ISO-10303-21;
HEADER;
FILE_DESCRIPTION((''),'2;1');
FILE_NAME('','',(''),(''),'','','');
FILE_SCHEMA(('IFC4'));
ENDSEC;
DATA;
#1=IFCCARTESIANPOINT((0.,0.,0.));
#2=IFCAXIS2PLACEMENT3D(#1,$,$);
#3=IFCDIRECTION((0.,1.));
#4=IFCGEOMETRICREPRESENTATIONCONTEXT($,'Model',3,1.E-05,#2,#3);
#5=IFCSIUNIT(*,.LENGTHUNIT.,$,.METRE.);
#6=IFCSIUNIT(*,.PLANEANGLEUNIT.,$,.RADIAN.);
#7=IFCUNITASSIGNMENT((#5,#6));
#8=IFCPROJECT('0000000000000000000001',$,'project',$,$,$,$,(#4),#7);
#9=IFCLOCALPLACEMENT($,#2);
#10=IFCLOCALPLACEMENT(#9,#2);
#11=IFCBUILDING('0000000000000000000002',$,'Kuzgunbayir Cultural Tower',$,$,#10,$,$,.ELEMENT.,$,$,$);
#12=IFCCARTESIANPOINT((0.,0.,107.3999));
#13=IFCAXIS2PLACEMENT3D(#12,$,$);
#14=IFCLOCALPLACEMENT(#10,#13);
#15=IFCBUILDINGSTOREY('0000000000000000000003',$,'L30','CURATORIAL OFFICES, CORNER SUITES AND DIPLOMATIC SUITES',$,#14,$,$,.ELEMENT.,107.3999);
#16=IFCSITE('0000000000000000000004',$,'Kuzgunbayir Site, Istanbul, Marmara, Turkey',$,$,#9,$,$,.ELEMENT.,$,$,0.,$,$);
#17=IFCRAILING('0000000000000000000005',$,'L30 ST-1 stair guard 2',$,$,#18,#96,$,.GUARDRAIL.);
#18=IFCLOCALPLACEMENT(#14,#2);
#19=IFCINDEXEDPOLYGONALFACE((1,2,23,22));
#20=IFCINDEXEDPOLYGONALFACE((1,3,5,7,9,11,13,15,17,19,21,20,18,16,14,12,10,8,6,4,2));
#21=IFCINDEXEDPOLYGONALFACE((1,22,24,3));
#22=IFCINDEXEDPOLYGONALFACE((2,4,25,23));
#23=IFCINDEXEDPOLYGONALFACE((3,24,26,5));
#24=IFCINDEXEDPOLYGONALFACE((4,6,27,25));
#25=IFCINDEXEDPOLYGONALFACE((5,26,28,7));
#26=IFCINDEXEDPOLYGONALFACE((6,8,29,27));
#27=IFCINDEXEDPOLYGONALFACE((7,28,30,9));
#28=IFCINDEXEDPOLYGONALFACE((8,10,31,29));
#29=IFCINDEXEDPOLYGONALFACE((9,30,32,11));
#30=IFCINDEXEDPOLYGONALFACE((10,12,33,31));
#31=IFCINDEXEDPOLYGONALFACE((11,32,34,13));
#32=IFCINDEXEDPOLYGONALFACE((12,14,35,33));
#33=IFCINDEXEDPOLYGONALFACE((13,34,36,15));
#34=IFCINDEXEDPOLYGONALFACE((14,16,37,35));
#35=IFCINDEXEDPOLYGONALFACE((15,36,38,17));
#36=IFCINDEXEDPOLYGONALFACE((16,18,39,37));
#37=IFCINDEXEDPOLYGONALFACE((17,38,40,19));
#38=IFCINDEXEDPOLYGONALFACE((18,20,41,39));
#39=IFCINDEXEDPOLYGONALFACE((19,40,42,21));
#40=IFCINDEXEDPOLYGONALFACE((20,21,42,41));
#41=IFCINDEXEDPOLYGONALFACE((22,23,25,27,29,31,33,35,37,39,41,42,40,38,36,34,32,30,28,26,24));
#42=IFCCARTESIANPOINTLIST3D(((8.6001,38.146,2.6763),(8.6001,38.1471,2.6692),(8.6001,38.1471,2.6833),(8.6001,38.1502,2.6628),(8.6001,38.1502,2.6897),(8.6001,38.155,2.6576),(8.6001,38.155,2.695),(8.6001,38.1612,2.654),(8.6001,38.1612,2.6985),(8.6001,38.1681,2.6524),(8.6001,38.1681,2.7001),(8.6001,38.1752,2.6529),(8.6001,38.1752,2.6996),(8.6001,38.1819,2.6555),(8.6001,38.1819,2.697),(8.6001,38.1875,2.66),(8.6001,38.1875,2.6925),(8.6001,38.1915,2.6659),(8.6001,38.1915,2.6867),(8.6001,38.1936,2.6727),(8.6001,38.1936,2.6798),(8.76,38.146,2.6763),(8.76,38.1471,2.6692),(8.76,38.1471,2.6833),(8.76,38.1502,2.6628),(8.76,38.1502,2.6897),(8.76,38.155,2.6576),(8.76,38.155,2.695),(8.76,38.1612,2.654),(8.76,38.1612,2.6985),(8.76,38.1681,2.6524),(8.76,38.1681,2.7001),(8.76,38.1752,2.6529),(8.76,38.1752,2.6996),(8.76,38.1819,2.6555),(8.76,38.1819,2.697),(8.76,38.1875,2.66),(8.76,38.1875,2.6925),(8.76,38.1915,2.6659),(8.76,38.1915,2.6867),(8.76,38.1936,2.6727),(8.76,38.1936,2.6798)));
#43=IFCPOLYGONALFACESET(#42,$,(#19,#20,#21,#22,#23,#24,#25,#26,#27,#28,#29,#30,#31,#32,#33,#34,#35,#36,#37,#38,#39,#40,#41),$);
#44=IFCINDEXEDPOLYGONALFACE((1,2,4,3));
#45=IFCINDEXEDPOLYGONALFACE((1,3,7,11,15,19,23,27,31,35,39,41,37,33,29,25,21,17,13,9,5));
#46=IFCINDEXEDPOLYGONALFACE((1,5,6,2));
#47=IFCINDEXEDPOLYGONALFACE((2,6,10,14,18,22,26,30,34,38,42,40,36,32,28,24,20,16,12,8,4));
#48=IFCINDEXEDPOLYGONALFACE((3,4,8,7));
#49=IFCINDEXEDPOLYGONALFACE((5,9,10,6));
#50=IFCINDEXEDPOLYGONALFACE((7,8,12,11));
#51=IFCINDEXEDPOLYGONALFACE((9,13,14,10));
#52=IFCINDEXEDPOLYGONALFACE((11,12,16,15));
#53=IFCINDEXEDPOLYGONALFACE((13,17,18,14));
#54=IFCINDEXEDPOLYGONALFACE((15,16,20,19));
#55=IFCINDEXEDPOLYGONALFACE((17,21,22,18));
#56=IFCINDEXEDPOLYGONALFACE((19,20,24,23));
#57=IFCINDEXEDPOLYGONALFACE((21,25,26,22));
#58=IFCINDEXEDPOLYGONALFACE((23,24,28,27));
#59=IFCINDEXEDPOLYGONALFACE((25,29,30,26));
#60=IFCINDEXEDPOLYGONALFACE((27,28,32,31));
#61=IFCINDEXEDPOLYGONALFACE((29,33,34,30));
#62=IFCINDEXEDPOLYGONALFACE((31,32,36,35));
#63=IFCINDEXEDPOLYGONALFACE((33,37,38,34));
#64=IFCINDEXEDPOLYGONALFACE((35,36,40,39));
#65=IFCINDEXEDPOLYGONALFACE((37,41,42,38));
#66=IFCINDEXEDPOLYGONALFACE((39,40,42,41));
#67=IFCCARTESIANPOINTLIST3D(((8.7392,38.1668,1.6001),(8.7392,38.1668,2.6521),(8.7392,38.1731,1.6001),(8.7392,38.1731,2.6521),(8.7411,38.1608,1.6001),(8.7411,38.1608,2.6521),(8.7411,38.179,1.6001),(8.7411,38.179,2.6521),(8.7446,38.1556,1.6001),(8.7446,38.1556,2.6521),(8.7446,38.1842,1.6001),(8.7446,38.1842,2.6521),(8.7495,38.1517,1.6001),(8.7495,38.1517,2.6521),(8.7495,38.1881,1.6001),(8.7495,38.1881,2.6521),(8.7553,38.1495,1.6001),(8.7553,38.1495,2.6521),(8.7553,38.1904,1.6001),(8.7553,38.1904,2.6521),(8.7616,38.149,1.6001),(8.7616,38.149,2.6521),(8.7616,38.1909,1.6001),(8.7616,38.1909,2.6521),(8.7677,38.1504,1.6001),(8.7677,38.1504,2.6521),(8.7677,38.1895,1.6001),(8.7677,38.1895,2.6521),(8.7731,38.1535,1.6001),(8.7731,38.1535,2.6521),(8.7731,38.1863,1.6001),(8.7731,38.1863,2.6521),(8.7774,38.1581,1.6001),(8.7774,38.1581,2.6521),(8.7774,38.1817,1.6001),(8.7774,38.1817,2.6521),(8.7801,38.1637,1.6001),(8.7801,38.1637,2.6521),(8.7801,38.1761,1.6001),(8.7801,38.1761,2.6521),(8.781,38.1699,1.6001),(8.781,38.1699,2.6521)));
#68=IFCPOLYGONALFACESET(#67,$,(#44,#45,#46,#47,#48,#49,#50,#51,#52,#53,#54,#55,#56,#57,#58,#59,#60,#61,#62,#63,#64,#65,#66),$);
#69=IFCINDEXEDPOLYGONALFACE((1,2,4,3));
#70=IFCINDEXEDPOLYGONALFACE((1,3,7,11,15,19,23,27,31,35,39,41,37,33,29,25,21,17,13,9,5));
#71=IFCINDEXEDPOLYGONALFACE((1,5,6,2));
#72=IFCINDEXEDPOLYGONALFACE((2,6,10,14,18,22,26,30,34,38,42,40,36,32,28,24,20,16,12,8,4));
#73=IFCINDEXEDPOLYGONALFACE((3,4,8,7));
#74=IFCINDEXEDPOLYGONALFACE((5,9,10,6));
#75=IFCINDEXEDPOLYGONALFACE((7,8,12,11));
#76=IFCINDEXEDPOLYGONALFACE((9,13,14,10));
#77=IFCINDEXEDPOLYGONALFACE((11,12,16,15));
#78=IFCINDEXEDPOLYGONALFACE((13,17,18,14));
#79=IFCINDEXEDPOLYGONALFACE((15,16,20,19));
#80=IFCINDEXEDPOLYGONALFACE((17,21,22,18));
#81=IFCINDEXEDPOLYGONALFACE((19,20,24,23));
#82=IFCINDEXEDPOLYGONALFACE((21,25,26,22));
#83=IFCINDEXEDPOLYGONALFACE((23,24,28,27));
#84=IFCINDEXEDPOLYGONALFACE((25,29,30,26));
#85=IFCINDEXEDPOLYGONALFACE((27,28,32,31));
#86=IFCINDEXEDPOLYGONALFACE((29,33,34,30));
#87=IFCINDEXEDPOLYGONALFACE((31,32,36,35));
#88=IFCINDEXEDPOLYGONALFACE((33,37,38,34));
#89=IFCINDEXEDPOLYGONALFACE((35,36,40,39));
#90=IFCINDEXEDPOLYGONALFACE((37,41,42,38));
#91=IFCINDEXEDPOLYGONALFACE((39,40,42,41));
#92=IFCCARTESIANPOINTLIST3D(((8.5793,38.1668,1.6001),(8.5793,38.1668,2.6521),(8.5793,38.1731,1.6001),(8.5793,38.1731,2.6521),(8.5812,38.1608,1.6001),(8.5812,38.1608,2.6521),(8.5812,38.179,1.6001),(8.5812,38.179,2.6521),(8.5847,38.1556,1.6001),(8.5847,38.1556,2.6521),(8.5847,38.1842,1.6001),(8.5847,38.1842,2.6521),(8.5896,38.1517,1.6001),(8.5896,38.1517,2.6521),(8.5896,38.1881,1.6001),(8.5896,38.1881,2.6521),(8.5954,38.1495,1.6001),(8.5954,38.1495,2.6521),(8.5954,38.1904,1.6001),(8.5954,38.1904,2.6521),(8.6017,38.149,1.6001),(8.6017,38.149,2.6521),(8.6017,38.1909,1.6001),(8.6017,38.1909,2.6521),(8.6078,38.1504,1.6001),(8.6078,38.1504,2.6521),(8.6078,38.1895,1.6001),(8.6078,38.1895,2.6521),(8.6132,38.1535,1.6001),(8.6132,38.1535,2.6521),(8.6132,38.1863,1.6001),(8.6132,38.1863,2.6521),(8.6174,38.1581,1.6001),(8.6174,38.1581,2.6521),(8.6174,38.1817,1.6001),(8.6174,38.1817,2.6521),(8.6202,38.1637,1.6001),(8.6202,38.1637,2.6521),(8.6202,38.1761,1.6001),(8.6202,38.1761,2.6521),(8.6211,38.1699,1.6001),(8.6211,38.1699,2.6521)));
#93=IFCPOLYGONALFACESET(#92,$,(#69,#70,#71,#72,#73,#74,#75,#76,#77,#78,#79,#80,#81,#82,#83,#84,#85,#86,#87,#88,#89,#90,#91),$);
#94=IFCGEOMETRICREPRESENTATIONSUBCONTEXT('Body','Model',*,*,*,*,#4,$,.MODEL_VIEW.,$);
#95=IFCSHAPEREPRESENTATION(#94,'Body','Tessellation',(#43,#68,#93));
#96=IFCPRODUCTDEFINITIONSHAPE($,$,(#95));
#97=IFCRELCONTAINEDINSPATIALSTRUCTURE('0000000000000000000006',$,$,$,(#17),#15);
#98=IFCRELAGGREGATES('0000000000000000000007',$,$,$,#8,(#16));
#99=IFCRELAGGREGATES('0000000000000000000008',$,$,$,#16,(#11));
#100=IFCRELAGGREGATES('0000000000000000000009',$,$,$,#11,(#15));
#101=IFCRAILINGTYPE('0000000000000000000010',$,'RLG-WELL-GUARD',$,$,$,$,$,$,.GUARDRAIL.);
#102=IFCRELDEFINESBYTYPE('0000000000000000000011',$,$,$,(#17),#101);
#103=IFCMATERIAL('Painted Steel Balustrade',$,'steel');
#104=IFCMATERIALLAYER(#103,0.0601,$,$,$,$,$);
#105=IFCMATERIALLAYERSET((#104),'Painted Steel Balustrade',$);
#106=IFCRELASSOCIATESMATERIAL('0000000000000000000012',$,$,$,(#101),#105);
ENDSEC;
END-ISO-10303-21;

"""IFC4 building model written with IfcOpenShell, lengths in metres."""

from ifc_helpers import new_model, si_unit, direction, frame, origin, origin_2d, place, context, subcontext, project, spatial, circle, extrude, material, layer, layer_set, type_object, element, save


model = new_model("IFC4")

# Units and contexts
model_context = context("Model", 3, precision=1e-05, world=origin(), true_north=direction((0.0, 1.0)))
body_context = subcontext(model_context, "Body", "Model", "MODEL_VIEW")
ifc_project = project(units=[si_unit("LENGTHUNIT", "METRE"), si_unit("PLANEANGLEUNIT", "RADIAN")], contexts=[model_context])

# Site, building, storey
site_placement = place(None, origin())
site = spatial("IfcSite", under=ifc_project, at=site_placement, Name="Kuzgunbayir Site, Istanbul, Marmara, Turkey", CompositionType="ELEMENT", RefElevation=0.0)
building_placement = place(site_placement, origin())
building = spatial("IfcBuilding", under=site, at=building_placement, Name="Kuzgunbayir Cultural Tower", CompositionType="ELEMENT")
storey_placement = place(building_placement, frame((0.0, 0.0, 107.3999)))
storey = spatial("IfcBuildingStorey", under=building, at=storey_placement, Name="L30", Description="CURATORIAL OFFICES, CORNER SUITES AND DIPLOMATIC SUITES", CompositionType="ELEMENT", Elevation=107.3999)

# Railing
ifc_material_1 = material(Name="Painted Steel Balustrade", Category="steel")
ifc_layer_1 = layer(ifc_material_1, 0.0601)
ifc_layer_set_1 = layer_set([ifc_layer_1], Name="Painted Steel Balustrade")
railing_type_1 = type_object("IfcRailingType", Name="RLG-WELL-GUARD", PredefinedType="GUARDRAIL", material=ifc_layer_set_1)
railing_1_placement = place(storey_placement, frame((8.76, 38.1699, 1.6001)))
element("IfcRailing", 1, at=railing_1_placement, inside=storey, type_object=railing_type_1, Name="L30 ST-1 stair guard 2", PredefinedType="GUARDRAIL", context=body_context, shape_type="SweptSolid", body=[
    extrude(circle(Radius=0.0239, at=origin_2d()), frame((0.0, 0.0, 1.0762), z_axis=(-1.0, 0.0, 0.0), x_axis=(0.0, -1.0, 0.0)), (0.0, 0.0, 1.0), 0.1599),
    extrude(circle(Radius=0.021, at=origin_2d()), origin(), (0.0, 0.0, 1.0), 1.052),
    extrude(circle(Radius=0.021, at=origin_2d()), frame((-0.1599, 0.0, 0.0)), (0.0, 0.0, 1.0), 1.052),
])

save(model, "model.ifc")
